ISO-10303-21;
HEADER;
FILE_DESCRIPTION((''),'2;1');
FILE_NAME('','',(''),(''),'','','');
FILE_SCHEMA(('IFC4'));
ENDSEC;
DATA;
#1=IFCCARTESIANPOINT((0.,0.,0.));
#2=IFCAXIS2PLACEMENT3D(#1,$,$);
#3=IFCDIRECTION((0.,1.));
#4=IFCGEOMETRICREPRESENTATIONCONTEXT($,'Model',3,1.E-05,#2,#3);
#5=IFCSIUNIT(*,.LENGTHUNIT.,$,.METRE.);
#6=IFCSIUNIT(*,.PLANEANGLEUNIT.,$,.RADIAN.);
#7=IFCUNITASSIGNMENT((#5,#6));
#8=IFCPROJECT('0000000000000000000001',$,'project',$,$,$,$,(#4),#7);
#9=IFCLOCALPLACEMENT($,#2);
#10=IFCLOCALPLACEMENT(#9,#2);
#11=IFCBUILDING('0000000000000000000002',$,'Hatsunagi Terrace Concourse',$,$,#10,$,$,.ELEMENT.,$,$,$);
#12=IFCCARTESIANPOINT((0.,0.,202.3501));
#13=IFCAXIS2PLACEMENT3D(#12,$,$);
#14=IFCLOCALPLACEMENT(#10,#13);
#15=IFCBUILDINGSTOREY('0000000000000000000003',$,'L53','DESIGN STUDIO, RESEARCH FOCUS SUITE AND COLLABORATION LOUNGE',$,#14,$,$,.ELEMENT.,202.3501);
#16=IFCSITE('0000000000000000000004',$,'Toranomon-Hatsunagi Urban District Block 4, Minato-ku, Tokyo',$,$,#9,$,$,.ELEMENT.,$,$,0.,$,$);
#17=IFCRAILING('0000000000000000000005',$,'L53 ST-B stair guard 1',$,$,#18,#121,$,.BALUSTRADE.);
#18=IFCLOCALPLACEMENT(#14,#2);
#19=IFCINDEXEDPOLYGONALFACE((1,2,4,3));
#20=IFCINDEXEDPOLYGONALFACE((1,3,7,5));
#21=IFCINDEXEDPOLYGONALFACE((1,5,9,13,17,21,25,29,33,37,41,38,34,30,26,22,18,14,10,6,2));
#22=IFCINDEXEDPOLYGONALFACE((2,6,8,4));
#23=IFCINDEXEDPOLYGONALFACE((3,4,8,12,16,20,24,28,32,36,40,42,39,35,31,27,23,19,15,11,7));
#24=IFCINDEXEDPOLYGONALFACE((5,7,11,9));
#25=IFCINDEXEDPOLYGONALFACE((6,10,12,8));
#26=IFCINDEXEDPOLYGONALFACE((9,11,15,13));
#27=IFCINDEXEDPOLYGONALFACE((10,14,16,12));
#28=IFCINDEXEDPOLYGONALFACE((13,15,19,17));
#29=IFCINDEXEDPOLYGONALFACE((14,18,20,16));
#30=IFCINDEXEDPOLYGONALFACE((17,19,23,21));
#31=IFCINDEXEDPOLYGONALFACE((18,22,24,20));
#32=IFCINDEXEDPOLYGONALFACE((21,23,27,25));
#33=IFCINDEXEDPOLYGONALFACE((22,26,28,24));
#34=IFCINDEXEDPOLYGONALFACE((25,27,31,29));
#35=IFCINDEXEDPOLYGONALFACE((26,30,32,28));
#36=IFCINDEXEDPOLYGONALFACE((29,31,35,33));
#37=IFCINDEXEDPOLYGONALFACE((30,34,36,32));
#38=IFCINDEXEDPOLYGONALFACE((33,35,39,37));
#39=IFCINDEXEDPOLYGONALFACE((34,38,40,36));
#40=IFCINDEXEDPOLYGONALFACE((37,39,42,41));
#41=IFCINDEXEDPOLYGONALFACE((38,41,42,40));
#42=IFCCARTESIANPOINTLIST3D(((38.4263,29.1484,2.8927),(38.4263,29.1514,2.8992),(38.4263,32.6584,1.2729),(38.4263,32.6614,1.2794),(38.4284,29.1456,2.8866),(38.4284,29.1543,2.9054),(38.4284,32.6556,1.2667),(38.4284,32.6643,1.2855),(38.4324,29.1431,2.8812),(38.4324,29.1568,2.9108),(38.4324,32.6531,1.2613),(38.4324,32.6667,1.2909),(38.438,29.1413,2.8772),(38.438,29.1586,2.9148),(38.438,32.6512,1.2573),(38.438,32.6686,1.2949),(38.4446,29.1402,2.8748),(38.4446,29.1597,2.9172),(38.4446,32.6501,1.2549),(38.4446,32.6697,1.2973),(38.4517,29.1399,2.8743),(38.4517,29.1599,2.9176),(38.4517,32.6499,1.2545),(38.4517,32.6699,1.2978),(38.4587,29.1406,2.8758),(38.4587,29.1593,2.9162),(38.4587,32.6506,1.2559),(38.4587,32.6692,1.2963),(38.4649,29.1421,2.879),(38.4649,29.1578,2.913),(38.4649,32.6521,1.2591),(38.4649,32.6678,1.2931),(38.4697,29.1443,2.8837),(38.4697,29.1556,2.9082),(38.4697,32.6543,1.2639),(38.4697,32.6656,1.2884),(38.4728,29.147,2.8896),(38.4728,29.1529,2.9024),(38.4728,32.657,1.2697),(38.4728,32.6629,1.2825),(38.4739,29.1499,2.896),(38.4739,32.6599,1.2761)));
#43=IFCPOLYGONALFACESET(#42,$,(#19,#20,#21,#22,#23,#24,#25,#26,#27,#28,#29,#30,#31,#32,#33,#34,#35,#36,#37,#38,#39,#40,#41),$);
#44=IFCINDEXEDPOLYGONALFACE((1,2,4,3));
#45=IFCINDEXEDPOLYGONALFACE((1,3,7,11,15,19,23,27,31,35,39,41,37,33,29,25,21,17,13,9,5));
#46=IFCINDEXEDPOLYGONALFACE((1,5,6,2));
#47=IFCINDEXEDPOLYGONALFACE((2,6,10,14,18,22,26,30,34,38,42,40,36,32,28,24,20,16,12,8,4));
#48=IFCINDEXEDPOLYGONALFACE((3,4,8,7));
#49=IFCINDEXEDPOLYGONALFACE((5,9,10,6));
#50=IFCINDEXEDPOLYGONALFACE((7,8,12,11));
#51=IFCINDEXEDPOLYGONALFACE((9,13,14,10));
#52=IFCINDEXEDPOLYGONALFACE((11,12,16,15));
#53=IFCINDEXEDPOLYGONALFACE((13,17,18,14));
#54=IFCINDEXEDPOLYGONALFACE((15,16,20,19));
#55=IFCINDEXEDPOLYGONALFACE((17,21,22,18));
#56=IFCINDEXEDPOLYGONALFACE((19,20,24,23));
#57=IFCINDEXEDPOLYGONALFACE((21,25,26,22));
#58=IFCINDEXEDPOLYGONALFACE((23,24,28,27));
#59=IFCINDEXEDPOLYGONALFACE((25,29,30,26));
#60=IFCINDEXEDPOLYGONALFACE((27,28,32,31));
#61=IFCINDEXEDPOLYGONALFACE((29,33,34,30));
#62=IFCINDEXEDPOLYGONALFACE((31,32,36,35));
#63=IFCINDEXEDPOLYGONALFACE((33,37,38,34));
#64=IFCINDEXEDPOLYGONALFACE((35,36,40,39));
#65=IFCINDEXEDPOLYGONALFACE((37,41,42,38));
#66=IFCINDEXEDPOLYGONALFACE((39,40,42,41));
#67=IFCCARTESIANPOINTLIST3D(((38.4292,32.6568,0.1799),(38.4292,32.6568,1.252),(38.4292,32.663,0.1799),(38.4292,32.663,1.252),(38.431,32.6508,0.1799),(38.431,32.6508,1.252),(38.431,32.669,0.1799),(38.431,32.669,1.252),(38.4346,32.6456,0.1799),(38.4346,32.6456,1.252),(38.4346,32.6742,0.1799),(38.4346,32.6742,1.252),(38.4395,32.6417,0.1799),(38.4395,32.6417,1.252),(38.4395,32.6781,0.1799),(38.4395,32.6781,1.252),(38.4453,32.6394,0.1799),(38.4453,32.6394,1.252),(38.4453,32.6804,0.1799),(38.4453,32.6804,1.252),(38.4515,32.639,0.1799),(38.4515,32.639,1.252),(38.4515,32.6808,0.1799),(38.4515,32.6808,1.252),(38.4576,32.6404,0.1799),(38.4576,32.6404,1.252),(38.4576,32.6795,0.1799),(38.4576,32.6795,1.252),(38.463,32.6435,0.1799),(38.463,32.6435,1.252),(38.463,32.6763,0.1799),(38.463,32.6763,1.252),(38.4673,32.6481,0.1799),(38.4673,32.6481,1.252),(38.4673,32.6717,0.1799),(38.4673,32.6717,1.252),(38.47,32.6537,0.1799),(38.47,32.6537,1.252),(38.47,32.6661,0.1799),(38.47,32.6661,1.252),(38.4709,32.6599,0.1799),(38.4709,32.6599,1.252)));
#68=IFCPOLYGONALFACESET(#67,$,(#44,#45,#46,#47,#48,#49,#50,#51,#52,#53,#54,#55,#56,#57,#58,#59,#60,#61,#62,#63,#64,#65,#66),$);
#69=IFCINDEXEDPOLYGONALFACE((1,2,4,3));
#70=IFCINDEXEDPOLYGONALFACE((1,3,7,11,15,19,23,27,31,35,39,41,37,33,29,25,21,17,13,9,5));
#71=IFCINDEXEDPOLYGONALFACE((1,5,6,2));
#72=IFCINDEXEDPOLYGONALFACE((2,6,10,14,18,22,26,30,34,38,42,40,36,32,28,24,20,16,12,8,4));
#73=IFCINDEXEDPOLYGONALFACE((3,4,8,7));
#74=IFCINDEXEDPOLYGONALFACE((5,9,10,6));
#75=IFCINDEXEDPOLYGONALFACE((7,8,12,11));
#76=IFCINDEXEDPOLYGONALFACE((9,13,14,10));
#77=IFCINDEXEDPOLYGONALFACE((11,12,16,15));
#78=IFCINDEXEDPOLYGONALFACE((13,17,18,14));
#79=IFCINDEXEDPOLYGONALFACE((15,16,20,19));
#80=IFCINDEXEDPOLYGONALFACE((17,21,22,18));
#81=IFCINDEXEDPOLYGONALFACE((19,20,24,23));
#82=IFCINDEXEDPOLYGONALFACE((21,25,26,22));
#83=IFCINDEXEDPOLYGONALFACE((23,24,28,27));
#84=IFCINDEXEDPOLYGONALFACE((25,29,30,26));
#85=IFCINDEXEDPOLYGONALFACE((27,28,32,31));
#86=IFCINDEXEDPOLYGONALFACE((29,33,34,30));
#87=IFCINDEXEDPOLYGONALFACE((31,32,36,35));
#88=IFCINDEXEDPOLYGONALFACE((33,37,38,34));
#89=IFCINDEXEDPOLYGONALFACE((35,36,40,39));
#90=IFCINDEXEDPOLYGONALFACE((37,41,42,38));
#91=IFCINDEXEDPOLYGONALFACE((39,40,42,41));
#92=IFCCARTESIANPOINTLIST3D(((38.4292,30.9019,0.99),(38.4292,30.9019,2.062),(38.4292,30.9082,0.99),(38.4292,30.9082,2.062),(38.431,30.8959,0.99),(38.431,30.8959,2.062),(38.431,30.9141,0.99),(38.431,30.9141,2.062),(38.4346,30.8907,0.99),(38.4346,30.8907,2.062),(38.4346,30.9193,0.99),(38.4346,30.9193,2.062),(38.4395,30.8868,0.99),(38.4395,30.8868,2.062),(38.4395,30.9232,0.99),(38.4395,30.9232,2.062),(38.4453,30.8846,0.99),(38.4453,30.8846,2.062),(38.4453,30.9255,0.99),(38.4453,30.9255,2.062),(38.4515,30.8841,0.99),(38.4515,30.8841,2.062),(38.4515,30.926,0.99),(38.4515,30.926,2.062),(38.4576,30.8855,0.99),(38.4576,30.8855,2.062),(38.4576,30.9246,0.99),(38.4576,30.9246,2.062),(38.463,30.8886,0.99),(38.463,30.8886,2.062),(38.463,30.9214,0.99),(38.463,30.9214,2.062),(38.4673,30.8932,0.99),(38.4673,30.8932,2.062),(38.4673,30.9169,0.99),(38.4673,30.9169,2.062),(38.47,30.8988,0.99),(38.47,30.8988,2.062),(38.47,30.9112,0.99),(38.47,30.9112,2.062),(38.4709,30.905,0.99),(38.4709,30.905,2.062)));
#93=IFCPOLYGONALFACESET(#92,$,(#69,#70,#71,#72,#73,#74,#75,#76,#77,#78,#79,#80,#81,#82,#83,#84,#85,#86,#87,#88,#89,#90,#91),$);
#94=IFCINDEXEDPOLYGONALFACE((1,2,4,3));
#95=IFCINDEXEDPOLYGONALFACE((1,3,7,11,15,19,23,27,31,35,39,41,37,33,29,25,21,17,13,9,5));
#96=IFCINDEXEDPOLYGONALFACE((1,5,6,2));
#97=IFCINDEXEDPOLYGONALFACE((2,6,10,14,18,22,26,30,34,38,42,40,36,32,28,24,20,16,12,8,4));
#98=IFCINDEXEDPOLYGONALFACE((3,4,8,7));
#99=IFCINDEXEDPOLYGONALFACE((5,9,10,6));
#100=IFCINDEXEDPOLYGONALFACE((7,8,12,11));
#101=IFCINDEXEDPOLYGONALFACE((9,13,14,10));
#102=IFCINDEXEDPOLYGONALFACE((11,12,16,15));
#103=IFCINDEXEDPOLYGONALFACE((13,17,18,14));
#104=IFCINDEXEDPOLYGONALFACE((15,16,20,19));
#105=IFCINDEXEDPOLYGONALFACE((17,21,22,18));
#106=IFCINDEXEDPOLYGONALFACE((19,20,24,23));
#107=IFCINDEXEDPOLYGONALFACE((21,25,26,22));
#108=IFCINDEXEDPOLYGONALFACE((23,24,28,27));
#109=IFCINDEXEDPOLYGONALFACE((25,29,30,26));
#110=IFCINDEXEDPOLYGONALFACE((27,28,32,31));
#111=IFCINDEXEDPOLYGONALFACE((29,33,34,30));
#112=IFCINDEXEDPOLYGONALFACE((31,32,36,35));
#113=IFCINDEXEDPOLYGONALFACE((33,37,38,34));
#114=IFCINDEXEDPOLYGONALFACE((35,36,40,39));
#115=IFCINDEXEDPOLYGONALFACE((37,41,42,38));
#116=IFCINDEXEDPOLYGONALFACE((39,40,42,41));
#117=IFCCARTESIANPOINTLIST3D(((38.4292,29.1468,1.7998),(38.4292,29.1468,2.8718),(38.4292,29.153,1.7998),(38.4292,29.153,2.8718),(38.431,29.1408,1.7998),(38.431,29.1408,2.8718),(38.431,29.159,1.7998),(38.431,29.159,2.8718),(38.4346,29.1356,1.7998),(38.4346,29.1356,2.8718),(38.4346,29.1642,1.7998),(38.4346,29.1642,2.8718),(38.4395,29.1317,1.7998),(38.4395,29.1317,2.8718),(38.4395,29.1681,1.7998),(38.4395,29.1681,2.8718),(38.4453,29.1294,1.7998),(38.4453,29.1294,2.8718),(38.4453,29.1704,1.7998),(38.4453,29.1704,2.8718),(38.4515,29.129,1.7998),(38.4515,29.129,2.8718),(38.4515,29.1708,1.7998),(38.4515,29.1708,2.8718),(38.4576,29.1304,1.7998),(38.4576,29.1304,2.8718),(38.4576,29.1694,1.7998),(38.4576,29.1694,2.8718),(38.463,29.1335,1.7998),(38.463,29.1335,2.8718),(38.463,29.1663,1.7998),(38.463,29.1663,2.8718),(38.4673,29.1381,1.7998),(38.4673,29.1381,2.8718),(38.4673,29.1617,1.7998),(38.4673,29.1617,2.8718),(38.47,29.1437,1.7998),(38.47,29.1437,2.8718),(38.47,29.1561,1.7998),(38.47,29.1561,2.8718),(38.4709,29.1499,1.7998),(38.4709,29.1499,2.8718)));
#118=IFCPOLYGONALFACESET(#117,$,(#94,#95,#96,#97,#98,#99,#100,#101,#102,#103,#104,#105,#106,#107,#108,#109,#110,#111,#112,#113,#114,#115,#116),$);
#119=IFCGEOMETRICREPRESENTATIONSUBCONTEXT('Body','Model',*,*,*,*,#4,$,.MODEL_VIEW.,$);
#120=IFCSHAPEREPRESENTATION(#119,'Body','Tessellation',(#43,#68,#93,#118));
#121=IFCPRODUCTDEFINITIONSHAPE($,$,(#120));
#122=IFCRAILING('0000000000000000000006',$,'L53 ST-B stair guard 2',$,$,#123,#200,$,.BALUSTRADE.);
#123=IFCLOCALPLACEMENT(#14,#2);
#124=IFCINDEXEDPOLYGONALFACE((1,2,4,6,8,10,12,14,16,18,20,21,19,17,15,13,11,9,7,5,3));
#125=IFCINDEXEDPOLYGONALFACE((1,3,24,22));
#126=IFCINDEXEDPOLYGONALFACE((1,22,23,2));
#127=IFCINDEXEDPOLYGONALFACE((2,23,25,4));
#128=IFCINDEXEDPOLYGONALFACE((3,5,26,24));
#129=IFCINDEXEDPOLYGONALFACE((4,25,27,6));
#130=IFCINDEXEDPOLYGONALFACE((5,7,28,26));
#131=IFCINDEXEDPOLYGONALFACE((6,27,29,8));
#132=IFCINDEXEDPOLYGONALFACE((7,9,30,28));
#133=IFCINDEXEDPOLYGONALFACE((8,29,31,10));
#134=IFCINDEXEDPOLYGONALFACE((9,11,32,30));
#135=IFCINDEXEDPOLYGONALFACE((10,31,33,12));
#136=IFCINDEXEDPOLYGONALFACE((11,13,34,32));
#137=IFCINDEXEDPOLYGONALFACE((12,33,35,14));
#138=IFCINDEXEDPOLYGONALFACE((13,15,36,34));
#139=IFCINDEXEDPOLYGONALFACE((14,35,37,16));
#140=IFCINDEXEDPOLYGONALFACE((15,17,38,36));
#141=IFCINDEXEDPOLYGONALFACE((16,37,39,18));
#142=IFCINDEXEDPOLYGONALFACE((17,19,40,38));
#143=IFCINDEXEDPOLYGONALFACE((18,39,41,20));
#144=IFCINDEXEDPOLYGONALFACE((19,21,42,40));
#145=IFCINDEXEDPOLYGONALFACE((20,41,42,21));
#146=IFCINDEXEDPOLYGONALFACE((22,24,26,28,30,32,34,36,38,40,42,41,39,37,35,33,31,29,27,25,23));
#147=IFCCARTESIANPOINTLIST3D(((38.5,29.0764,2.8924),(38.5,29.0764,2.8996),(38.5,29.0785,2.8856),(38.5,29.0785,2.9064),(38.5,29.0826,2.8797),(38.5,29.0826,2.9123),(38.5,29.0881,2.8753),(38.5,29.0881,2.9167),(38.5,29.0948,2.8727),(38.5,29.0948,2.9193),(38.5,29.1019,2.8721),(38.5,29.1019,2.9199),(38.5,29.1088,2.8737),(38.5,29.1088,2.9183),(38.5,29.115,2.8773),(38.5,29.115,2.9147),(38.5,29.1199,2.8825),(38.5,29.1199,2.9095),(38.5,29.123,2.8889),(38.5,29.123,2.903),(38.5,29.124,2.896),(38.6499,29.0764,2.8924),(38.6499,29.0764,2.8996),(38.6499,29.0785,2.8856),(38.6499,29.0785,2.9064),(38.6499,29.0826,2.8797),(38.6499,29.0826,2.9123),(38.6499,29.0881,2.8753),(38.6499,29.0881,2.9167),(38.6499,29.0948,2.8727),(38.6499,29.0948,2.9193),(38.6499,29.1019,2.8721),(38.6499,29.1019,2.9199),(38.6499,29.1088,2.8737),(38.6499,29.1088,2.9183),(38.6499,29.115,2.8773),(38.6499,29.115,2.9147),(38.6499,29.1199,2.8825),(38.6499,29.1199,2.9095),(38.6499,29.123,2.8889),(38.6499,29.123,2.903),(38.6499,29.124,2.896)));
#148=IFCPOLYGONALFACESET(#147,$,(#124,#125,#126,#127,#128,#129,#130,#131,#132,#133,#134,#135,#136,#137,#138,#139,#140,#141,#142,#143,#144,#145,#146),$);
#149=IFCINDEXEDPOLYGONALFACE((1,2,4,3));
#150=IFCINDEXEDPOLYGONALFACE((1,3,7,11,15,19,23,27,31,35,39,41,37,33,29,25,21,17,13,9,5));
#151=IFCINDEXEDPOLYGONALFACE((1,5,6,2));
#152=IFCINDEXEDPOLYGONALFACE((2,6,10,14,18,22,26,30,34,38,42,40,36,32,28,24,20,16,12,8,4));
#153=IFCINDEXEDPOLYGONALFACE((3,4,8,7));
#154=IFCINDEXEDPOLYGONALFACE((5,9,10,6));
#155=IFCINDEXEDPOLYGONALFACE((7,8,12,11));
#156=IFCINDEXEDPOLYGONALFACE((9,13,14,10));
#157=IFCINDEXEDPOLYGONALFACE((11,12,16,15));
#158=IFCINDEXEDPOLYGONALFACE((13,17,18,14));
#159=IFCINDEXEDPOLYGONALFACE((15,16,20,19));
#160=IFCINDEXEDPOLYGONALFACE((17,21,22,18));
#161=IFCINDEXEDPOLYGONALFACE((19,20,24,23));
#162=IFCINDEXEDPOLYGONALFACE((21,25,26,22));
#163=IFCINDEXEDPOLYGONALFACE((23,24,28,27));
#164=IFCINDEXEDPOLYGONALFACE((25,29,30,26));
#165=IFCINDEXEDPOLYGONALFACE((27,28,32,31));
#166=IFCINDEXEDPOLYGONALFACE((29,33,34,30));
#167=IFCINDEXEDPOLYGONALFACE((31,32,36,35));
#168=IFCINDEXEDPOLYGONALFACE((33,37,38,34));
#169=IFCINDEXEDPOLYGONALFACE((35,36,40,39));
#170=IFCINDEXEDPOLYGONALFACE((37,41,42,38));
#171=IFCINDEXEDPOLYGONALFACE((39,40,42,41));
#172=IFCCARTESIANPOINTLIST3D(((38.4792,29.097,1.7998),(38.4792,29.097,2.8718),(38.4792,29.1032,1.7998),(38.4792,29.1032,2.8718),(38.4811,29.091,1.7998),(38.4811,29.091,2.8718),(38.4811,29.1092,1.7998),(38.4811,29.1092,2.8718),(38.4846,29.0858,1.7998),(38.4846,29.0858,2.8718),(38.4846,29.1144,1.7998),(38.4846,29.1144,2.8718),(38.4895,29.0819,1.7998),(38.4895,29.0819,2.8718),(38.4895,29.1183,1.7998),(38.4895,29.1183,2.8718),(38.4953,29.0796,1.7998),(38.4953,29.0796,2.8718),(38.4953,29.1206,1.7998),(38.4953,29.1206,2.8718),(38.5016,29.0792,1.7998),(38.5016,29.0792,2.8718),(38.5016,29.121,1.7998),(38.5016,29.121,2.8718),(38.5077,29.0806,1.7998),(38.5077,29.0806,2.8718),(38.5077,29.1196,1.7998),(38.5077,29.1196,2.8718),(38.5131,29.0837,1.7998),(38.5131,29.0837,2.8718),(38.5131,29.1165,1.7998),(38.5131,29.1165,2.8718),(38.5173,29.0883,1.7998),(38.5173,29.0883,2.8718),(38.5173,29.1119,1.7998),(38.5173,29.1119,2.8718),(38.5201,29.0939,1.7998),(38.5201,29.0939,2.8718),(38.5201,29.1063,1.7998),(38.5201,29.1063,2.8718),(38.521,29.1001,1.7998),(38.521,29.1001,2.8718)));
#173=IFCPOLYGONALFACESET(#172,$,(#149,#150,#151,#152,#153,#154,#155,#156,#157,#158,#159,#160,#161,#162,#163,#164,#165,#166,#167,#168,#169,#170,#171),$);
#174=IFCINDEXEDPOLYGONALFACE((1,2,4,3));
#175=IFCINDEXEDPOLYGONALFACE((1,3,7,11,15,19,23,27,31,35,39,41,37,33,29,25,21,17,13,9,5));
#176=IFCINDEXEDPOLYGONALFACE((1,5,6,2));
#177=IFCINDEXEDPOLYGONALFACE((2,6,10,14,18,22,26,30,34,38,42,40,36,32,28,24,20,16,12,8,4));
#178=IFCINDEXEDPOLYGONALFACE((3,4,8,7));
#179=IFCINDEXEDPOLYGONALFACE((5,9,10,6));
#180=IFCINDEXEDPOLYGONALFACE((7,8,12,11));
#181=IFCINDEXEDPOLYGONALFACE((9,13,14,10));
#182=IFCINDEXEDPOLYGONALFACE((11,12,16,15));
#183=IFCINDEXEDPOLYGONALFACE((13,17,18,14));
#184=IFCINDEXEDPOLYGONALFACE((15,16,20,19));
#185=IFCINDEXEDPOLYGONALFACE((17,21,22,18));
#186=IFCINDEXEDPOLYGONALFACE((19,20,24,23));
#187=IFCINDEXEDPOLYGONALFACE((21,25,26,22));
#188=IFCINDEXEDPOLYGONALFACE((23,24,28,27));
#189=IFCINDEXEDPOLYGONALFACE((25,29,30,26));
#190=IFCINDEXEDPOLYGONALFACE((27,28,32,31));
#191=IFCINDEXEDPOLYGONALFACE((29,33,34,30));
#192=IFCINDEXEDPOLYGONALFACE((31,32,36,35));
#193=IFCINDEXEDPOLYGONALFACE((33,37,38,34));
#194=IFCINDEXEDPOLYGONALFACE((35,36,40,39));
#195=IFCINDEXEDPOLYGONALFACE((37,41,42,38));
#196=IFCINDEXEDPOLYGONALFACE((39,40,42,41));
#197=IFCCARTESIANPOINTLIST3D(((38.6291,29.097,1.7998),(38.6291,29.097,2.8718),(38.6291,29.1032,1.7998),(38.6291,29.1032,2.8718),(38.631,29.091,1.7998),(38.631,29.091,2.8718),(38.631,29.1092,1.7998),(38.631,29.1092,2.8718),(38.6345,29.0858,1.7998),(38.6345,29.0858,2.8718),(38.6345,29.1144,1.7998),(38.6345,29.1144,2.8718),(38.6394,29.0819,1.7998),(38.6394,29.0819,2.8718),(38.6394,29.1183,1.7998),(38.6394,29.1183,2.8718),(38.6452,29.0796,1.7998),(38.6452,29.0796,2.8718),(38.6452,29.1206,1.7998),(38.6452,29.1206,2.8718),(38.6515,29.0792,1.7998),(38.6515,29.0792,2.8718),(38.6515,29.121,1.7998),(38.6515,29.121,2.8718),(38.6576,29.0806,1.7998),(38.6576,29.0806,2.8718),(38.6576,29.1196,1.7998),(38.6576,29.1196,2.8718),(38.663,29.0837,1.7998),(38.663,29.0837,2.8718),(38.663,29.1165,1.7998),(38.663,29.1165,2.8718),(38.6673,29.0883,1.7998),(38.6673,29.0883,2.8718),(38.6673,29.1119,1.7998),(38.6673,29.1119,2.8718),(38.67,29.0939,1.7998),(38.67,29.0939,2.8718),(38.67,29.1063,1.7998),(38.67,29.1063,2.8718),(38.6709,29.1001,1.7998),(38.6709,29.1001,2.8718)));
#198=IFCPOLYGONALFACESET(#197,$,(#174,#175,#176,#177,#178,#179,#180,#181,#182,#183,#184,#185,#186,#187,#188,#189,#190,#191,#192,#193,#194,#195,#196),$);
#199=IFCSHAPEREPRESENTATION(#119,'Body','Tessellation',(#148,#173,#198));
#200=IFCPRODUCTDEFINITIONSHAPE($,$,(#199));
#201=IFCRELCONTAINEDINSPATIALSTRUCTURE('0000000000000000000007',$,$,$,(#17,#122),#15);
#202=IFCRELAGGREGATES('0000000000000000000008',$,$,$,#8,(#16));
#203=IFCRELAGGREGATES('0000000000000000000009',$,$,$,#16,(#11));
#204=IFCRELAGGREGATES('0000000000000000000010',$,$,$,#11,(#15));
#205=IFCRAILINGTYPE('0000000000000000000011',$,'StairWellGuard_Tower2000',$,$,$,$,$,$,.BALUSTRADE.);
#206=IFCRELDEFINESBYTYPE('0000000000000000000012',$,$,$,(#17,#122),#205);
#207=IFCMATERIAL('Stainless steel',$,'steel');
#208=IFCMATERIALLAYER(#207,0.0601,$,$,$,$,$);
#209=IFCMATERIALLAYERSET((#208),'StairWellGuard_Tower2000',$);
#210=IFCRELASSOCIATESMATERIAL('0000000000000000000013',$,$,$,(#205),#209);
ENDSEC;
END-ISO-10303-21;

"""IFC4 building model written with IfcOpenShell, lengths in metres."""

from ifc_helpers import new_model, si_unit, direction, frame, origin, origin_2d, place, context, subcontext, project, spatial, circle, extrude, material, layer, layer_set, type_object, element, save


model = new_model("IFC4")

# Units and contexts
model_context = context("Model", 3, precision=1e-05, world=origin(), true_north=direction((0.0, 1.0)))
body_context = subcontext(model_context, "Body", "Model", "MODEL_VIEW")
ifc_project = project(units=[si_unit("LENGTHUNIT", "METRE"), si_unit("PLANEANGLEUNIT", "RADIAN")], contexts=[model_context])

# Site, building, storey
site_placement = place(None, origin())
site = spatial("IfcSite", under=ifc_project, at=site_placement, Name="Toranomon-Hatsunagi Urban District Block 4, Minato-ku, Tokyo", CompositionType="ELEMENT", RefElevation=0.0)
building_placement = place(site_placement, origin())
building = spatial("IfcBuilding", under=site, at=building_placement, Name="Hatsunagi Terrace Concourse", CompositionType="ELEMENT")
storey_placement = place(building_placement, frame((0.0, 0.0, 202.3501)))
storey = spatial("IfcBuildingStorey", under=building, at=storey_placement, Name="L53", Description="DESIGN STUDIO, RESEARCH FOCUS SUITE AND COLLABORATION LOUNGE", CompositionType="ELEMENT", Elevation=202.3501)

# Railings
ifc_material_1 = material(Name="Stainless steel", Category="steel")
ifc_layer_1 = layer(ifc_material_1, 0.0601)
ifc_layer_set_1 = layer_set([ifc_layer_1], Name="StairWellGuard_Tower2000")
railing_type_1 = type_object("IfcRailingType", Name="StairWellGuard_Tower2000", PredefinedType="BALUSTRADE", material=ifc_layer_set_1)
railing_1_placement = place(storey_placement, frame((38.45, 32.6599, 0.1799)))
element("IfcRailing", 1, at=railing_1_placement, inside=storey, type_object=railing_type_1, Name="L53 ST-B stair guard 1", PredefinedType="BALUSTRADE", context=body_context, shape_type="SweptSolid", body=[
    extrude(circle(Radius=0.0239, at=origin_2d()), frame((0.0, 0.0, 1.0962), z_axis=(0.0, -0.907972, 0.41903), x_axis=(1.0, 0.0, 0.0)), (0.0, 0.0, 1.0), 3.8657),
    extrude(circle(Radius=0.021, at=origin_2d()), origin(), (0.0, 0.0, 1.0), 1.072),
    extrude(circle(Radius=0.021, at=origin_2d()), frame((0.0, -1.7549, 0.8101)), (0.0, 0.0, 1.0), 1.072),
    extrude(circle(Radius=0.021, at=origin_2d()), frame((0.0, -3.51, 1.6199)), (0.0, 0.0, 1.0), 1.072),
])
railing_2_placement = place(storey_placement, frame((38.5, 29.1001, 1.7998)))
element("IfcRailing", 2, at=railing_2_placement, inside=storey, type_object=railing_type_1, Name="L53 ST-B stair guard 2", PredefinedType="BALUSTRADE", context=body_context, shape_type="SweptSolid", body=[
    extrude(circle(Radius=0.0239, at=origin_2d()), frame((0.0, 0.0, 1.0962), z_axis=(1.0, 0.0, 0.0), x_axis=(0.0, 1.0, 0.0)), (0.0, 0.0, 1.0), 0.1499),
    extrude(circle(Radius=0.021, at=origin_2d()), origin(), (0.0, 0.0, 1.0), 1.072),
    extrude(circle(Radius=0.021, at=origin_2d()), frame((0.1499, 0.0, 0.0)), (0.0, 0.0, 1.0), 1.072),
])

save(model, "model.ifc")
